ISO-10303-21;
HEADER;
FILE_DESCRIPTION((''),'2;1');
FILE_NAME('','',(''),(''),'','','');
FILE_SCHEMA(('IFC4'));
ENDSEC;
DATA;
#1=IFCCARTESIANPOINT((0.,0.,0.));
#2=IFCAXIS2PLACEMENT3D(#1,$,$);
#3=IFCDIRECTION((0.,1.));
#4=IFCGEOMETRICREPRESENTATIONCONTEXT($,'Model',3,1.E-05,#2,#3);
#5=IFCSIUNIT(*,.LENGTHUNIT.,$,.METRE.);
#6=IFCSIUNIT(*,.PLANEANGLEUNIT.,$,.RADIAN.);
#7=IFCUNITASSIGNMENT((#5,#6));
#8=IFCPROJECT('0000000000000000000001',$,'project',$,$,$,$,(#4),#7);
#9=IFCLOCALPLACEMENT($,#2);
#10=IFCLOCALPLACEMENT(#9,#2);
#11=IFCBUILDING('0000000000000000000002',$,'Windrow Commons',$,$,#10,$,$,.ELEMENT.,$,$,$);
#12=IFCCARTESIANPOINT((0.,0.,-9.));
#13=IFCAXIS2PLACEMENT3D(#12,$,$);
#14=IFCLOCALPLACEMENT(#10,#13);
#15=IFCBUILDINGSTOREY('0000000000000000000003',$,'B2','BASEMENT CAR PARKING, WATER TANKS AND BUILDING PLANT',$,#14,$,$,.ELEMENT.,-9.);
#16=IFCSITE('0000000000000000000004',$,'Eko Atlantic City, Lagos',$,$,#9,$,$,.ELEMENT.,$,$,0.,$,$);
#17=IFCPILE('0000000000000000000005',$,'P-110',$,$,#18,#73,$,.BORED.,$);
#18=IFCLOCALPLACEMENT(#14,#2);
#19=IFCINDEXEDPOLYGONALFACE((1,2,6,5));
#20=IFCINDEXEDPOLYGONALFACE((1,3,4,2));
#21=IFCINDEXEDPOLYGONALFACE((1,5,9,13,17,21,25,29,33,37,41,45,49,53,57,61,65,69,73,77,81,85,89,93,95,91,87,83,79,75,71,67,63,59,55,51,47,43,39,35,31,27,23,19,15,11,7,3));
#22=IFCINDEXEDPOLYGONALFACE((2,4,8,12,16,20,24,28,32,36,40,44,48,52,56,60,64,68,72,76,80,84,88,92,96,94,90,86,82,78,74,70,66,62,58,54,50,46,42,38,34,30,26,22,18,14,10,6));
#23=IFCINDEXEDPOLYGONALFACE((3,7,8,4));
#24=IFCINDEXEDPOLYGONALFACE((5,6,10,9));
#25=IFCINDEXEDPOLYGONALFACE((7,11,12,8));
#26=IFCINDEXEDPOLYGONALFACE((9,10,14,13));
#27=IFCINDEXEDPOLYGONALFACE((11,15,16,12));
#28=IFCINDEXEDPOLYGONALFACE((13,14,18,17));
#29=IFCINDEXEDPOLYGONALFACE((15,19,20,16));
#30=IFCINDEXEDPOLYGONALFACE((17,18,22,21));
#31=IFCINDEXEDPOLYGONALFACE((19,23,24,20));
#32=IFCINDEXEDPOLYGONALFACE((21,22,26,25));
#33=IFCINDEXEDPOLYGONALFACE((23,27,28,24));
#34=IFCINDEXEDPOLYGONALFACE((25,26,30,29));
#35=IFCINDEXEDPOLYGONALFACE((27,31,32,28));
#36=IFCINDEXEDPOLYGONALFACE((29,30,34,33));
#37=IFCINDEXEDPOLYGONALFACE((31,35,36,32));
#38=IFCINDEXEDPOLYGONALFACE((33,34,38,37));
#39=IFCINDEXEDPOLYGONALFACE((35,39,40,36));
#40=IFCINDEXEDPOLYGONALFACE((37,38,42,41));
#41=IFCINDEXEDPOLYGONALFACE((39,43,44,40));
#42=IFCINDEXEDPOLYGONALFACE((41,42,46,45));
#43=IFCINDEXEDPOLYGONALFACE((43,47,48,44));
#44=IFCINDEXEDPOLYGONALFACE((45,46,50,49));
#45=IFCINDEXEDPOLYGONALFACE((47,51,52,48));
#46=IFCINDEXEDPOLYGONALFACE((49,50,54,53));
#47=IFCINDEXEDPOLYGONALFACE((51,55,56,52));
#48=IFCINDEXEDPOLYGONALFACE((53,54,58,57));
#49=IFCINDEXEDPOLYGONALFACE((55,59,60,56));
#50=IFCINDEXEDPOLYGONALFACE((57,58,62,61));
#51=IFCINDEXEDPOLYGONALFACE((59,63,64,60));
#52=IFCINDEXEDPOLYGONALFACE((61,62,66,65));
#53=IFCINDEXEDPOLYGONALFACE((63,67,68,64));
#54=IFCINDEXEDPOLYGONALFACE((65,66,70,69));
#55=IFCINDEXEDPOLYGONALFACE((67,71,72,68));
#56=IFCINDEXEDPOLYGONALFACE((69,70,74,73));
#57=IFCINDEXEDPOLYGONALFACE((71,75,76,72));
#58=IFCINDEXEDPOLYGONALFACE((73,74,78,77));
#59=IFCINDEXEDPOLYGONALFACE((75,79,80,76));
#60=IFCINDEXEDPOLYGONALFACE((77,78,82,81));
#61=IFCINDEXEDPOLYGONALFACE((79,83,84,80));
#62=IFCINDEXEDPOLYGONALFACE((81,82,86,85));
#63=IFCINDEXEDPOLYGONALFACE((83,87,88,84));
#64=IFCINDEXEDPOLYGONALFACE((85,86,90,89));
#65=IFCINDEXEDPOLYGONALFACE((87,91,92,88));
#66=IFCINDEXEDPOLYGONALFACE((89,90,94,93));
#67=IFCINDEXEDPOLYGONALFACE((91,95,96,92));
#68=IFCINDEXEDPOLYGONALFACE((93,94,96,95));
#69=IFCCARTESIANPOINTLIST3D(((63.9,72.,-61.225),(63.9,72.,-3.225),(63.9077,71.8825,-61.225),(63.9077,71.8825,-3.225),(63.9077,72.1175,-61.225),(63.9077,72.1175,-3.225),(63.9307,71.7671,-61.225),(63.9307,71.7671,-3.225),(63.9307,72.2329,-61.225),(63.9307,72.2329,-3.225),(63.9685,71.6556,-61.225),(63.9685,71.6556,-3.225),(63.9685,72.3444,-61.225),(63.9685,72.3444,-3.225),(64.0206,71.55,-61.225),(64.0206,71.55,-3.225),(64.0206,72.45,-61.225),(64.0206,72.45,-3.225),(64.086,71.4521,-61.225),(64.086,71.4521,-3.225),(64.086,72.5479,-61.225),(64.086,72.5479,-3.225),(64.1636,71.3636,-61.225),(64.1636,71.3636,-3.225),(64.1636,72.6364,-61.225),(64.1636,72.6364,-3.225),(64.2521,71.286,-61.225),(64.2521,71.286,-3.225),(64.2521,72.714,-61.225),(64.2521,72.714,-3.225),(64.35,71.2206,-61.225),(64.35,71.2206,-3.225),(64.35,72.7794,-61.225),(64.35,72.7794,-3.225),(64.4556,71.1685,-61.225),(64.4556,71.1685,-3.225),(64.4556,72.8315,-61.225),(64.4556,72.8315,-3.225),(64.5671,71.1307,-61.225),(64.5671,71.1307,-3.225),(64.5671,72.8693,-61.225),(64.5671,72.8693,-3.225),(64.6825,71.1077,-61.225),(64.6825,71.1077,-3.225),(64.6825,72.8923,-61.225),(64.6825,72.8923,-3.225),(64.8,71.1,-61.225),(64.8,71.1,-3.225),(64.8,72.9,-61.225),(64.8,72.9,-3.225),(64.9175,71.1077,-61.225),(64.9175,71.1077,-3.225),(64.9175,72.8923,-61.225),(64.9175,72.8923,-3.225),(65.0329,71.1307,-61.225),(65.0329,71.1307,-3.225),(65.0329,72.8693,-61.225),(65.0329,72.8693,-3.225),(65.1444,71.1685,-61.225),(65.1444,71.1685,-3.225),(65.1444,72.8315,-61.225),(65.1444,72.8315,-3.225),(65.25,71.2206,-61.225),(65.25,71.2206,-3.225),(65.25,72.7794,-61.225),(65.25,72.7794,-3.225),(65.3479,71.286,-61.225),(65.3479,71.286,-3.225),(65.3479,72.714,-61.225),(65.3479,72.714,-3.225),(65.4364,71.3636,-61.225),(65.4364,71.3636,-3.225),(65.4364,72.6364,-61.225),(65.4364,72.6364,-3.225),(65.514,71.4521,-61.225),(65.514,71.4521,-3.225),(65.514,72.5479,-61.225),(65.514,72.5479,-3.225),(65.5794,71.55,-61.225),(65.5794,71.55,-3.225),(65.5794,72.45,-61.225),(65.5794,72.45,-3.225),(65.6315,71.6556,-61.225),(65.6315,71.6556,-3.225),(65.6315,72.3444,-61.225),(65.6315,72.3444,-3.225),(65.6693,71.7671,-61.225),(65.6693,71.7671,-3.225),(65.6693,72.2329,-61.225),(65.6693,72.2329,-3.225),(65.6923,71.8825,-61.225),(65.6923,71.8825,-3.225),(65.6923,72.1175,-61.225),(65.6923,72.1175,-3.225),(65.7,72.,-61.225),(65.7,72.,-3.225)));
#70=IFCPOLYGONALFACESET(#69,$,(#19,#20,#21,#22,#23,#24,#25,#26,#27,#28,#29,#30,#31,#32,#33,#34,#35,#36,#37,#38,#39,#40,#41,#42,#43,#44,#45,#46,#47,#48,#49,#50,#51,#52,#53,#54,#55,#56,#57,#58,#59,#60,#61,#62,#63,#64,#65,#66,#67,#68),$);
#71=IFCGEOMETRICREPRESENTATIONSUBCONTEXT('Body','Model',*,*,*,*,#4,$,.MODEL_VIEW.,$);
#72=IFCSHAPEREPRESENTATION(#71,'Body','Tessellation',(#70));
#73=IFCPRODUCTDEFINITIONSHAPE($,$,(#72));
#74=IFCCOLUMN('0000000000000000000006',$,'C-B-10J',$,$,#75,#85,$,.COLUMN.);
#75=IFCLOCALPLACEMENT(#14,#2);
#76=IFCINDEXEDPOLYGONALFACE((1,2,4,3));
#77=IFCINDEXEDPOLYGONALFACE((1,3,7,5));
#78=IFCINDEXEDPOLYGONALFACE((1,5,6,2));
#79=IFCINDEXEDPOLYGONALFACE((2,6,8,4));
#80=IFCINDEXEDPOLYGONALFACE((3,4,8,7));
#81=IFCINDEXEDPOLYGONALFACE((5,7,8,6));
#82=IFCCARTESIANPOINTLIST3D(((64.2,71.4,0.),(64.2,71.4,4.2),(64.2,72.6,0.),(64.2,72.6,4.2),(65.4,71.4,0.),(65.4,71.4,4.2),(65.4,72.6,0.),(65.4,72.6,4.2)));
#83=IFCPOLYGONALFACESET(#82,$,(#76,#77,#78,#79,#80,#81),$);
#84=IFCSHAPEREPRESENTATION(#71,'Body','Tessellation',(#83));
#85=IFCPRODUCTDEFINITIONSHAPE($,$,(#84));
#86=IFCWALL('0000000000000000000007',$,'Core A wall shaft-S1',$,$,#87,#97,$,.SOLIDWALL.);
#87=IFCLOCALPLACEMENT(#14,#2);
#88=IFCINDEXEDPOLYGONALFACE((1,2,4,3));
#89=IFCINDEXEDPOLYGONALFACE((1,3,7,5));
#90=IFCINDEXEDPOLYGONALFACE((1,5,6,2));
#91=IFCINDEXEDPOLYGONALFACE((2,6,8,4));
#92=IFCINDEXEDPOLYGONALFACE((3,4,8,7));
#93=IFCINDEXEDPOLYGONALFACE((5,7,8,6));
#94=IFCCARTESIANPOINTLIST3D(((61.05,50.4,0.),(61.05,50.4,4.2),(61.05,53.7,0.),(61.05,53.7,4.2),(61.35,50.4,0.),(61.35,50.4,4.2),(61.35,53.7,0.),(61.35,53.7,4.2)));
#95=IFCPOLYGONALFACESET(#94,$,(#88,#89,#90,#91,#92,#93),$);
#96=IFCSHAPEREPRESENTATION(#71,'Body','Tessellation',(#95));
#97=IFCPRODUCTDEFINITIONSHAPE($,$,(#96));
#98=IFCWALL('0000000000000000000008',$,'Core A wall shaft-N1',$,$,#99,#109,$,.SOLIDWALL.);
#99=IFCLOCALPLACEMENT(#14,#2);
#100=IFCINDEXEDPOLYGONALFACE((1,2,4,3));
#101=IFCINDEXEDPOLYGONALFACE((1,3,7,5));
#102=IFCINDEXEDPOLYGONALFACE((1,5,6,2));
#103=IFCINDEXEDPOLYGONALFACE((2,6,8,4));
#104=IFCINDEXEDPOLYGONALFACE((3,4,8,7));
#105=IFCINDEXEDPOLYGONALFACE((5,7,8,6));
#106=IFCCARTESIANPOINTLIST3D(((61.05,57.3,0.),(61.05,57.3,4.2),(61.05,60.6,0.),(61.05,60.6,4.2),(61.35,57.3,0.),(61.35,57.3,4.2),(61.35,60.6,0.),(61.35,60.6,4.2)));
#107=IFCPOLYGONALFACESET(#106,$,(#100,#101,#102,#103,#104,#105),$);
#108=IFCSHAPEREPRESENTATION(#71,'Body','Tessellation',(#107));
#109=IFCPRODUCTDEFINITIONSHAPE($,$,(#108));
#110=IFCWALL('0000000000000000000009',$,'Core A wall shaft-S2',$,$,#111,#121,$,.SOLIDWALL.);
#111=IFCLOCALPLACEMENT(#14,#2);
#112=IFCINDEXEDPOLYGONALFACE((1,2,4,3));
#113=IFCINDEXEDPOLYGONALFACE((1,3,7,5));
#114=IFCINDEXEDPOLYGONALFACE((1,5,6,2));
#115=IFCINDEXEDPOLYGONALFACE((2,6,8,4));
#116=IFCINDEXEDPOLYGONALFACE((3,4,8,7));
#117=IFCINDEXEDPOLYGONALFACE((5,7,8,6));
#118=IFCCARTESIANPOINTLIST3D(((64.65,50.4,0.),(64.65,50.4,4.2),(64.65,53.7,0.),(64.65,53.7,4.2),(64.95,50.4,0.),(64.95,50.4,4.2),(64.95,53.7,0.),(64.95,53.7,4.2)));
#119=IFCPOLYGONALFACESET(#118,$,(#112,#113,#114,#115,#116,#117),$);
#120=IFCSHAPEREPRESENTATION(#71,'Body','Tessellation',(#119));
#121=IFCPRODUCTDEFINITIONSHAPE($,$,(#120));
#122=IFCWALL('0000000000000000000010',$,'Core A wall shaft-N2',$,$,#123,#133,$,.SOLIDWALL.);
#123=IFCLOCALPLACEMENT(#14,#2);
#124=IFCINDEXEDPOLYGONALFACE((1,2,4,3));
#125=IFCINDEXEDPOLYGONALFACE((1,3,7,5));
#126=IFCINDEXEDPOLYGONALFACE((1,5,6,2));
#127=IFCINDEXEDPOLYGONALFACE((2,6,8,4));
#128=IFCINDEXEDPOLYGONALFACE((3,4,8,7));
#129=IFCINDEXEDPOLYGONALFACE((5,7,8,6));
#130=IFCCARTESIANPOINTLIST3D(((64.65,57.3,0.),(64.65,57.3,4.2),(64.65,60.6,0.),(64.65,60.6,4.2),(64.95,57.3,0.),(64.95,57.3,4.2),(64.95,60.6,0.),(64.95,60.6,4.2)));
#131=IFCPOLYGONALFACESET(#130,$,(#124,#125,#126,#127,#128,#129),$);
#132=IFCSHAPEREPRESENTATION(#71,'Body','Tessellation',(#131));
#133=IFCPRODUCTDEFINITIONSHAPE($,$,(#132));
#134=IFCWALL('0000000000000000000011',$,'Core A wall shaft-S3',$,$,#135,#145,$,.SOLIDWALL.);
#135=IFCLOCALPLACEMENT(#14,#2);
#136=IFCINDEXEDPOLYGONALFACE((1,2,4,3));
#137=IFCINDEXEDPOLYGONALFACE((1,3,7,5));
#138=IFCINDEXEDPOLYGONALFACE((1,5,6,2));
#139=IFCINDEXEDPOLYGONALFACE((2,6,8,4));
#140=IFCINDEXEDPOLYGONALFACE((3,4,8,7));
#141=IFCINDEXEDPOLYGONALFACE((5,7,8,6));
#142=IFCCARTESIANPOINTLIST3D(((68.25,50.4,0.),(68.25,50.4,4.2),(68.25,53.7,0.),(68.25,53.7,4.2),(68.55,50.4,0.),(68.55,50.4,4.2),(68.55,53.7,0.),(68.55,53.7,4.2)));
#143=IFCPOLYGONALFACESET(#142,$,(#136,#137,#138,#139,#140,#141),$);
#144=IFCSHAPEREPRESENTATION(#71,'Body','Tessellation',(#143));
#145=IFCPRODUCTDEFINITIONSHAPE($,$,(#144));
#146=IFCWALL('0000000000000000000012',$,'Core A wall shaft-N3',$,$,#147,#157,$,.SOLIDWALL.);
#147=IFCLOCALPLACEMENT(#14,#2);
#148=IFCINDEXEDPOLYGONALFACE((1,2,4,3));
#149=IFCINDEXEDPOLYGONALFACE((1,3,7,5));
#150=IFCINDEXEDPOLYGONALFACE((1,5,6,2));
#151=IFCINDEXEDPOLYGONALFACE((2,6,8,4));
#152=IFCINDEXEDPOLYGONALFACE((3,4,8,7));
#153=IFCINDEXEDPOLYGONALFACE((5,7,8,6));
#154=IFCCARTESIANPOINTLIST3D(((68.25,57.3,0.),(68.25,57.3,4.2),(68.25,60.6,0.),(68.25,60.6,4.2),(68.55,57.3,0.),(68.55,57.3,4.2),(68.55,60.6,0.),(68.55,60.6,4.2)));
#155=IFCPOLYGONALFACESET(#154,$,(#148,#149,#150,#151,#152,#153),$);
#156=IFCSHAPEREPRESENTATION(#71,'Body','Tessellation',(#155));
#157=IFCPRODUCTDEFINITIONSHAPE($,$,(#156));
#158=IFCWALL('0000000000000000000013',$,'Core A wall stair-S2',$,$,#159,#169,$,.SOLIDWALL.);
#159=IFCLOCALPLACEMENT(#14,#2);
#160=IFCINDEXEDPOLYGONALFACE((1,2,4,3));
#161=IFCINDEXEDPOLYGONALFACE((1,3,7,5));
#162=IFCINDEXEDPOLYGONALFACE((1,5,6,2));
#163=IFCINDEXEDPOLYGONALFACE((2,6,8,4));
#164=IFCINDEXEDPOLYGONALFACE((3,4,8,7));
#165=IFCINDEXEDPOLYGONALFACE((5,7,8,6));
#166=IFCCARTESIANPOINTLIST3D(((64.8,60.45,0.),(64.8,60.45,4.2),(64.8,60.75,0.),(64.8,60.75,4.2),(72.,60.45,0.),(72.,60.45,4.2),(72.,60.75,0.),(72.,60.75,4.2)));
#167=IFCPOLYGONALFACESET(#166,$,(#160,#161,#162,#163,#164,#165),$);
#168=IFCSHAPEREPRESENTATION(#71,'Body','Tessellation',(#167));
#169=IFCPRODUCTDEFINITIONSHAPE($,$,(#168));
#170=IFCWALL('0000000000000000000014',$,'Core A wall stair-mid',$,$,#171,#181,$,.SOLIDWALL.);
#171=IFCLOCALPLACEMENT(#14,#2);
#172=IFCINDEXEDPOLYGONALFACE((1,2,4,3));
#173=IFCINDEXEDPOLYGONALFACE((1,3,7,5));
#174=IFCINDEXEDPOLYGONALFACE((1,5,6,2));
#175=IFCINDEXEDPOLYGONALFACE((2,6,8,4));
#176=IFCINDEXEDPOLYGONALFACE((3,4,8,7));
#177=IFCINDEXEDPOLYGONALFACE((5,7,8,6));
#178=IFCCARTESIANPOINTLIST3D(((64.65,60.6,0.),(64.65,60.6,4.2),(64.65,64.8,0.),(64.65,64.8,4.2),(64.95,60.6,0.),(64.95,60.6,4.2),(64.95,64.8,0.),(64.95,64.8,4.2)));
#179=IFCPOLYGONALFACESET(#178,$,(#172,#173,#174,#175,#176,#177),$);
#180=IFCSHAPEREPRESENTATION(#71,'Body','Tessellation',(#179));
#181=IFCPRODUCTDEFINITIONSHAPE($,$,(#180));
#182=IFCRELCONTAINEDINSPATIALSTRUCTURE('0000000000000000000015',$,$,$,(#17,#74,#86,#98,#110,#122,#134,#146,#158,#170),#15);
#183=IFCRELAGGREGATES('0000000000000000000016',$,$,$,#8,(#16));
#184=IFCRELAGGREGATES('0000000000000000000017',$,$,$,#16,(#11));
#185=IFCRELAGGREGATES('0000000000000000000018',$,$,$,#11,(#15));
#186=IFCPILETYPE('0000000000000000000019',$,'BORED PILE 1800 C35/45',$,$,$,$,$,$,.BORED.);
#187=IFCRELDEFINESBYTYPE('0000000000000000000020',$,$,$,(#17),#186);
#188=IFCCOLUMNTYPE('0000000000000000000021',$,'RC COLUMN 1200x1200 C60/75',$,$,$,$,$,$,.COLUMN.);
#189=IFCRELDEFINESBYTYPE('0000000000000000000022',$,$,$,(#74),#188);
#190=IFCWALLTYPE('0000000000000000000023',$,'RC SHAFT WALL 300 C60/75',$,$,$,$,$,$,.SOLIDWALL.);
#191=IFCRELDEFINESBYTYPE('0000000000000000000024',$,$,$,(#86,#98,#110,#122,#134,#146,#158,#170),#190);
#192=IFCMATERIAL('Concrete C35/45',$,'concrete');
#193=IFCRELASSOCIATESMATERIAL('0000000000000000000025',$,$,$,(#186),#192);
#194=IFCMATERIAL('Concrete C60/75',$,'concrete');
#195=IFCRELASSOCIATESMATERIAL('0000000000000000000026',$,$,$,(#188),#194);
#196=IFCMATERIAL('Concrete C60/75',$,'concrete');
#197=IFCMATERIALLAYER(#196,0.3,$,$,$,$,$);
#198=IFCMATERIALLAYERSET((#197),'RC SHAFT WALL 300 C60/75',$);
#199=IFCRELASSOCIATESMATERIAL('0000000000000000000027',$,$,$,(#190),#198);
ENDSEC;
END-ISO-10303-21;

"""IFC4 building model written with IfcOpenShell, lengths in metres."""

from ifc_helpers import new_model, si_unit, direction, frame, frame_2d, origin, origin_2d, place, context, subcontext, project, spatial, rectangle, circle, extrude, material, layer, layer_set, material_profile, profile_set, type_object, element, save


model = new_model("IFC4")

# Units and contexts
model_context = context("Model", 3, precision=1e-05, world=origin(), true_north=direction((0.0, 1.0)))
body_context = subcontext(model_context, "Body", "Model", "MODEL_VIEW")
ifc_project = project(units=[si_unit("LENGTHUNIT", "METRE"), si_unit("PLANEANGLEUNIT", "RADIAN")], contexts=[model_context])

# Site, building, storey
site_placement = place(None, origin())
site = spatial("IfcSite", under=ifc_project, at=site_placement, Name="Eko Atlantic City, Lagos", CompositionType="ELEMENT", RefElevation=0.0)
building_placement = place(site_placement, origin())
building = spatial("IfcBuilding", under=site, at=building_placement, Name="Windrow Commons", CompositionType="ELEMENT")
storey_placement = place(building_placement, frame((0.0, 0.0, -9.0)))
storey = spatial("IfcBuildingStorey", under=building, at=storey_placement, Name="B2", Description="BASEMENT CAR PARKING, WATER TANKS AND BUILDING PLANT", CompositionType="ELEMENT", Elevation=-9.0)

# Pile
ifc_material_1 = material(Name="Concrete C35/45", Category="concrete")
ifc_material_profile_1 = material_profile(ifc_material_1, circle(Radius=0.9, at=origin_2d()))
ifc_profile_set_1 = profile_set([ifc_material_profile_1], Name="Concrete C35/45")
pile_type = type_object("IfcPileType", Name="BORED PILE 1800 C35/45", PredefinedType="BORED", material=ifc_profile_set_1)
for number, where, z_axis, x_axis, name in (
    (1, (64.8, 72.0, -3.225), (0.0, 0.0, -1.0), (1.0, 0.0, 0.0), "P-110"),
):
    element("IfcPile", number, at=place(storey_placement, frame(where, z_axis=z_axis, x_axis=x_axis)), inside=storey, type_object=pile_type, Name=name, PredefinedType="BORED", context=body_context, shape_type="SweptSolid", body=[
        extrude(circle(Radius=0.9, at=origin_2d()), origin(), (0.0, 0.0, 1.0), 58.0),
    ])

# Column
ifc_material_2 = material(Name="Concrete C60/75", Category="concrete")
ifc_material_profile_2 = material_profile(ifc_material_2, rectangle(XDim=1.2, YDim=1.2, at=origin_2d()))
ifc_profile_set_2 = profile_set([ifc_material_profile_2], Name="Concrete C60/75")
column_type = type_object("IfcColumnType", Name="RC COLUMN 1200x1200 C60/75", PredefinedType="COLUMN", material=ifc_profile_set_2)
column_placement = place(storey_placement, frame((64.8, 72.0, 0.0), z_axis=(0.0, 0.0, 1.0), x_axis=(1.0, 0.0, 0.0)))
element("IfcColumn", 2, at=column_placement, inside=storey, type_object=column_type, Name="C-B-10J", PredefinedType="COLUMN", context=body_context, shape_type="SweptSolid", body=[
    extrude(rectangle(XDim=1.2, YDim=1.2, at=origin_2d()), origin(), (0.0, 0.0, 1.0), 4.2),
])

# Walls
ifc_material_3 = material(Name="Concrete C60/75", Category="concrete")
ifc_layer = layer(ifc_material_3, 0.3)
ifc_layer_set = layer_set([ifc_layer], Name="RC SHAFT WALL 300 C60/75")
wall_type = type_object("IfcWallType", Name="RC SHAFT WALL 300 C60/75", PredefinedType="SOLIDWALL", material=ifc_layer_set)
for number, where, z_axis, x_axis, name in (
    (3, (61.2, 50.4, 0.0), (0.0, 0.0, 1.0), (0.0, 1.0, 0.0), "Core A wall shaft-S1"),
    (4, (61.2, 57.3, 0.0), (0.0, 0.0, 1.0), (0.0, 1.0, 0.0), "Core A wall shaft-N1"),
    (5, (64.8, 50.4, 0.0), (0.0, 0.0, 1.0), (0.0, 1.0, 0.0), "Core A wall shaft-S2"),
    (6, (64.8, 57.3, 0.0), (0.0, 0.0, 1.0), (0.0, 1.0, 0.0), "Core A wall shaft-N2"),
    (7, (68.4, 50.4, 0.0), (0.0, 0.0, 1.0), (0.0, 1.0, 0.0), "Core A wall shaft-S3"),
    (8, (68.4, 57.3, 0.0), (0.0, 0.0, 1.0), (0.0, 1.0, 0.0), "Core A wall shaft-N3"),
):
    element("IfcWall", number, at=place(storey_placement, frame(where, z_axis=z_axis, x_axis=x_axis)), inside=storey, type_object=wall_type, Name=name, PredefinedType="SOLIDWALL", context=body_context, shape_type="SweptSolid", body=[
        extrude(rectangle(XDim=3.3, YDim=0.3, at=frame_2d((1.65, 0.0))), origin(), (0.0, 0.0, 1.0), 4.2),
    ])
wall_1_placement = place(storey_placement, frame((64.8, 60.6, 0.0), z_axis=(0.0, 0.0, 1.0), x_axis=(1.0, 0.0, 0.0)))
element("IfcWall", 9, at=wall_1_placement, inside=storey, type_object=wall_type, Name="Core A wall stair-S2", PredefinedType="SOLIDWALL", context=body_context, shape_type="SweptSolid", body=[
    extrude(rectangle(XDim=7.2, YDim=0.3, at=frame_2d((3.6, 0.0))), origin(), (0.0, 0.0, 1.0), 4.2),
])
wall_2_placement = place(storey_placement, frame((64.8, 60.6, 0.0), z_axis=(0.0, 0.0, 1.0), x_axis=(0.0, 1.0, 0.0)))
element("IfcWall", 10, at=wall_2_placement, inside=storey, type_object=wall_type, Name="Core A wall stair-mid", PredefinedType="SOLIDWALL", context=body_context, shape_type="SweptSolid", body=[
    extrude(rectangle(XDim=4.2, YDim=0.3, at=frame_2d((2.1, 0.0))), origin(), (0.0, 0.0, 1.0), 4.2),
])

save(model, "model.ifc")
